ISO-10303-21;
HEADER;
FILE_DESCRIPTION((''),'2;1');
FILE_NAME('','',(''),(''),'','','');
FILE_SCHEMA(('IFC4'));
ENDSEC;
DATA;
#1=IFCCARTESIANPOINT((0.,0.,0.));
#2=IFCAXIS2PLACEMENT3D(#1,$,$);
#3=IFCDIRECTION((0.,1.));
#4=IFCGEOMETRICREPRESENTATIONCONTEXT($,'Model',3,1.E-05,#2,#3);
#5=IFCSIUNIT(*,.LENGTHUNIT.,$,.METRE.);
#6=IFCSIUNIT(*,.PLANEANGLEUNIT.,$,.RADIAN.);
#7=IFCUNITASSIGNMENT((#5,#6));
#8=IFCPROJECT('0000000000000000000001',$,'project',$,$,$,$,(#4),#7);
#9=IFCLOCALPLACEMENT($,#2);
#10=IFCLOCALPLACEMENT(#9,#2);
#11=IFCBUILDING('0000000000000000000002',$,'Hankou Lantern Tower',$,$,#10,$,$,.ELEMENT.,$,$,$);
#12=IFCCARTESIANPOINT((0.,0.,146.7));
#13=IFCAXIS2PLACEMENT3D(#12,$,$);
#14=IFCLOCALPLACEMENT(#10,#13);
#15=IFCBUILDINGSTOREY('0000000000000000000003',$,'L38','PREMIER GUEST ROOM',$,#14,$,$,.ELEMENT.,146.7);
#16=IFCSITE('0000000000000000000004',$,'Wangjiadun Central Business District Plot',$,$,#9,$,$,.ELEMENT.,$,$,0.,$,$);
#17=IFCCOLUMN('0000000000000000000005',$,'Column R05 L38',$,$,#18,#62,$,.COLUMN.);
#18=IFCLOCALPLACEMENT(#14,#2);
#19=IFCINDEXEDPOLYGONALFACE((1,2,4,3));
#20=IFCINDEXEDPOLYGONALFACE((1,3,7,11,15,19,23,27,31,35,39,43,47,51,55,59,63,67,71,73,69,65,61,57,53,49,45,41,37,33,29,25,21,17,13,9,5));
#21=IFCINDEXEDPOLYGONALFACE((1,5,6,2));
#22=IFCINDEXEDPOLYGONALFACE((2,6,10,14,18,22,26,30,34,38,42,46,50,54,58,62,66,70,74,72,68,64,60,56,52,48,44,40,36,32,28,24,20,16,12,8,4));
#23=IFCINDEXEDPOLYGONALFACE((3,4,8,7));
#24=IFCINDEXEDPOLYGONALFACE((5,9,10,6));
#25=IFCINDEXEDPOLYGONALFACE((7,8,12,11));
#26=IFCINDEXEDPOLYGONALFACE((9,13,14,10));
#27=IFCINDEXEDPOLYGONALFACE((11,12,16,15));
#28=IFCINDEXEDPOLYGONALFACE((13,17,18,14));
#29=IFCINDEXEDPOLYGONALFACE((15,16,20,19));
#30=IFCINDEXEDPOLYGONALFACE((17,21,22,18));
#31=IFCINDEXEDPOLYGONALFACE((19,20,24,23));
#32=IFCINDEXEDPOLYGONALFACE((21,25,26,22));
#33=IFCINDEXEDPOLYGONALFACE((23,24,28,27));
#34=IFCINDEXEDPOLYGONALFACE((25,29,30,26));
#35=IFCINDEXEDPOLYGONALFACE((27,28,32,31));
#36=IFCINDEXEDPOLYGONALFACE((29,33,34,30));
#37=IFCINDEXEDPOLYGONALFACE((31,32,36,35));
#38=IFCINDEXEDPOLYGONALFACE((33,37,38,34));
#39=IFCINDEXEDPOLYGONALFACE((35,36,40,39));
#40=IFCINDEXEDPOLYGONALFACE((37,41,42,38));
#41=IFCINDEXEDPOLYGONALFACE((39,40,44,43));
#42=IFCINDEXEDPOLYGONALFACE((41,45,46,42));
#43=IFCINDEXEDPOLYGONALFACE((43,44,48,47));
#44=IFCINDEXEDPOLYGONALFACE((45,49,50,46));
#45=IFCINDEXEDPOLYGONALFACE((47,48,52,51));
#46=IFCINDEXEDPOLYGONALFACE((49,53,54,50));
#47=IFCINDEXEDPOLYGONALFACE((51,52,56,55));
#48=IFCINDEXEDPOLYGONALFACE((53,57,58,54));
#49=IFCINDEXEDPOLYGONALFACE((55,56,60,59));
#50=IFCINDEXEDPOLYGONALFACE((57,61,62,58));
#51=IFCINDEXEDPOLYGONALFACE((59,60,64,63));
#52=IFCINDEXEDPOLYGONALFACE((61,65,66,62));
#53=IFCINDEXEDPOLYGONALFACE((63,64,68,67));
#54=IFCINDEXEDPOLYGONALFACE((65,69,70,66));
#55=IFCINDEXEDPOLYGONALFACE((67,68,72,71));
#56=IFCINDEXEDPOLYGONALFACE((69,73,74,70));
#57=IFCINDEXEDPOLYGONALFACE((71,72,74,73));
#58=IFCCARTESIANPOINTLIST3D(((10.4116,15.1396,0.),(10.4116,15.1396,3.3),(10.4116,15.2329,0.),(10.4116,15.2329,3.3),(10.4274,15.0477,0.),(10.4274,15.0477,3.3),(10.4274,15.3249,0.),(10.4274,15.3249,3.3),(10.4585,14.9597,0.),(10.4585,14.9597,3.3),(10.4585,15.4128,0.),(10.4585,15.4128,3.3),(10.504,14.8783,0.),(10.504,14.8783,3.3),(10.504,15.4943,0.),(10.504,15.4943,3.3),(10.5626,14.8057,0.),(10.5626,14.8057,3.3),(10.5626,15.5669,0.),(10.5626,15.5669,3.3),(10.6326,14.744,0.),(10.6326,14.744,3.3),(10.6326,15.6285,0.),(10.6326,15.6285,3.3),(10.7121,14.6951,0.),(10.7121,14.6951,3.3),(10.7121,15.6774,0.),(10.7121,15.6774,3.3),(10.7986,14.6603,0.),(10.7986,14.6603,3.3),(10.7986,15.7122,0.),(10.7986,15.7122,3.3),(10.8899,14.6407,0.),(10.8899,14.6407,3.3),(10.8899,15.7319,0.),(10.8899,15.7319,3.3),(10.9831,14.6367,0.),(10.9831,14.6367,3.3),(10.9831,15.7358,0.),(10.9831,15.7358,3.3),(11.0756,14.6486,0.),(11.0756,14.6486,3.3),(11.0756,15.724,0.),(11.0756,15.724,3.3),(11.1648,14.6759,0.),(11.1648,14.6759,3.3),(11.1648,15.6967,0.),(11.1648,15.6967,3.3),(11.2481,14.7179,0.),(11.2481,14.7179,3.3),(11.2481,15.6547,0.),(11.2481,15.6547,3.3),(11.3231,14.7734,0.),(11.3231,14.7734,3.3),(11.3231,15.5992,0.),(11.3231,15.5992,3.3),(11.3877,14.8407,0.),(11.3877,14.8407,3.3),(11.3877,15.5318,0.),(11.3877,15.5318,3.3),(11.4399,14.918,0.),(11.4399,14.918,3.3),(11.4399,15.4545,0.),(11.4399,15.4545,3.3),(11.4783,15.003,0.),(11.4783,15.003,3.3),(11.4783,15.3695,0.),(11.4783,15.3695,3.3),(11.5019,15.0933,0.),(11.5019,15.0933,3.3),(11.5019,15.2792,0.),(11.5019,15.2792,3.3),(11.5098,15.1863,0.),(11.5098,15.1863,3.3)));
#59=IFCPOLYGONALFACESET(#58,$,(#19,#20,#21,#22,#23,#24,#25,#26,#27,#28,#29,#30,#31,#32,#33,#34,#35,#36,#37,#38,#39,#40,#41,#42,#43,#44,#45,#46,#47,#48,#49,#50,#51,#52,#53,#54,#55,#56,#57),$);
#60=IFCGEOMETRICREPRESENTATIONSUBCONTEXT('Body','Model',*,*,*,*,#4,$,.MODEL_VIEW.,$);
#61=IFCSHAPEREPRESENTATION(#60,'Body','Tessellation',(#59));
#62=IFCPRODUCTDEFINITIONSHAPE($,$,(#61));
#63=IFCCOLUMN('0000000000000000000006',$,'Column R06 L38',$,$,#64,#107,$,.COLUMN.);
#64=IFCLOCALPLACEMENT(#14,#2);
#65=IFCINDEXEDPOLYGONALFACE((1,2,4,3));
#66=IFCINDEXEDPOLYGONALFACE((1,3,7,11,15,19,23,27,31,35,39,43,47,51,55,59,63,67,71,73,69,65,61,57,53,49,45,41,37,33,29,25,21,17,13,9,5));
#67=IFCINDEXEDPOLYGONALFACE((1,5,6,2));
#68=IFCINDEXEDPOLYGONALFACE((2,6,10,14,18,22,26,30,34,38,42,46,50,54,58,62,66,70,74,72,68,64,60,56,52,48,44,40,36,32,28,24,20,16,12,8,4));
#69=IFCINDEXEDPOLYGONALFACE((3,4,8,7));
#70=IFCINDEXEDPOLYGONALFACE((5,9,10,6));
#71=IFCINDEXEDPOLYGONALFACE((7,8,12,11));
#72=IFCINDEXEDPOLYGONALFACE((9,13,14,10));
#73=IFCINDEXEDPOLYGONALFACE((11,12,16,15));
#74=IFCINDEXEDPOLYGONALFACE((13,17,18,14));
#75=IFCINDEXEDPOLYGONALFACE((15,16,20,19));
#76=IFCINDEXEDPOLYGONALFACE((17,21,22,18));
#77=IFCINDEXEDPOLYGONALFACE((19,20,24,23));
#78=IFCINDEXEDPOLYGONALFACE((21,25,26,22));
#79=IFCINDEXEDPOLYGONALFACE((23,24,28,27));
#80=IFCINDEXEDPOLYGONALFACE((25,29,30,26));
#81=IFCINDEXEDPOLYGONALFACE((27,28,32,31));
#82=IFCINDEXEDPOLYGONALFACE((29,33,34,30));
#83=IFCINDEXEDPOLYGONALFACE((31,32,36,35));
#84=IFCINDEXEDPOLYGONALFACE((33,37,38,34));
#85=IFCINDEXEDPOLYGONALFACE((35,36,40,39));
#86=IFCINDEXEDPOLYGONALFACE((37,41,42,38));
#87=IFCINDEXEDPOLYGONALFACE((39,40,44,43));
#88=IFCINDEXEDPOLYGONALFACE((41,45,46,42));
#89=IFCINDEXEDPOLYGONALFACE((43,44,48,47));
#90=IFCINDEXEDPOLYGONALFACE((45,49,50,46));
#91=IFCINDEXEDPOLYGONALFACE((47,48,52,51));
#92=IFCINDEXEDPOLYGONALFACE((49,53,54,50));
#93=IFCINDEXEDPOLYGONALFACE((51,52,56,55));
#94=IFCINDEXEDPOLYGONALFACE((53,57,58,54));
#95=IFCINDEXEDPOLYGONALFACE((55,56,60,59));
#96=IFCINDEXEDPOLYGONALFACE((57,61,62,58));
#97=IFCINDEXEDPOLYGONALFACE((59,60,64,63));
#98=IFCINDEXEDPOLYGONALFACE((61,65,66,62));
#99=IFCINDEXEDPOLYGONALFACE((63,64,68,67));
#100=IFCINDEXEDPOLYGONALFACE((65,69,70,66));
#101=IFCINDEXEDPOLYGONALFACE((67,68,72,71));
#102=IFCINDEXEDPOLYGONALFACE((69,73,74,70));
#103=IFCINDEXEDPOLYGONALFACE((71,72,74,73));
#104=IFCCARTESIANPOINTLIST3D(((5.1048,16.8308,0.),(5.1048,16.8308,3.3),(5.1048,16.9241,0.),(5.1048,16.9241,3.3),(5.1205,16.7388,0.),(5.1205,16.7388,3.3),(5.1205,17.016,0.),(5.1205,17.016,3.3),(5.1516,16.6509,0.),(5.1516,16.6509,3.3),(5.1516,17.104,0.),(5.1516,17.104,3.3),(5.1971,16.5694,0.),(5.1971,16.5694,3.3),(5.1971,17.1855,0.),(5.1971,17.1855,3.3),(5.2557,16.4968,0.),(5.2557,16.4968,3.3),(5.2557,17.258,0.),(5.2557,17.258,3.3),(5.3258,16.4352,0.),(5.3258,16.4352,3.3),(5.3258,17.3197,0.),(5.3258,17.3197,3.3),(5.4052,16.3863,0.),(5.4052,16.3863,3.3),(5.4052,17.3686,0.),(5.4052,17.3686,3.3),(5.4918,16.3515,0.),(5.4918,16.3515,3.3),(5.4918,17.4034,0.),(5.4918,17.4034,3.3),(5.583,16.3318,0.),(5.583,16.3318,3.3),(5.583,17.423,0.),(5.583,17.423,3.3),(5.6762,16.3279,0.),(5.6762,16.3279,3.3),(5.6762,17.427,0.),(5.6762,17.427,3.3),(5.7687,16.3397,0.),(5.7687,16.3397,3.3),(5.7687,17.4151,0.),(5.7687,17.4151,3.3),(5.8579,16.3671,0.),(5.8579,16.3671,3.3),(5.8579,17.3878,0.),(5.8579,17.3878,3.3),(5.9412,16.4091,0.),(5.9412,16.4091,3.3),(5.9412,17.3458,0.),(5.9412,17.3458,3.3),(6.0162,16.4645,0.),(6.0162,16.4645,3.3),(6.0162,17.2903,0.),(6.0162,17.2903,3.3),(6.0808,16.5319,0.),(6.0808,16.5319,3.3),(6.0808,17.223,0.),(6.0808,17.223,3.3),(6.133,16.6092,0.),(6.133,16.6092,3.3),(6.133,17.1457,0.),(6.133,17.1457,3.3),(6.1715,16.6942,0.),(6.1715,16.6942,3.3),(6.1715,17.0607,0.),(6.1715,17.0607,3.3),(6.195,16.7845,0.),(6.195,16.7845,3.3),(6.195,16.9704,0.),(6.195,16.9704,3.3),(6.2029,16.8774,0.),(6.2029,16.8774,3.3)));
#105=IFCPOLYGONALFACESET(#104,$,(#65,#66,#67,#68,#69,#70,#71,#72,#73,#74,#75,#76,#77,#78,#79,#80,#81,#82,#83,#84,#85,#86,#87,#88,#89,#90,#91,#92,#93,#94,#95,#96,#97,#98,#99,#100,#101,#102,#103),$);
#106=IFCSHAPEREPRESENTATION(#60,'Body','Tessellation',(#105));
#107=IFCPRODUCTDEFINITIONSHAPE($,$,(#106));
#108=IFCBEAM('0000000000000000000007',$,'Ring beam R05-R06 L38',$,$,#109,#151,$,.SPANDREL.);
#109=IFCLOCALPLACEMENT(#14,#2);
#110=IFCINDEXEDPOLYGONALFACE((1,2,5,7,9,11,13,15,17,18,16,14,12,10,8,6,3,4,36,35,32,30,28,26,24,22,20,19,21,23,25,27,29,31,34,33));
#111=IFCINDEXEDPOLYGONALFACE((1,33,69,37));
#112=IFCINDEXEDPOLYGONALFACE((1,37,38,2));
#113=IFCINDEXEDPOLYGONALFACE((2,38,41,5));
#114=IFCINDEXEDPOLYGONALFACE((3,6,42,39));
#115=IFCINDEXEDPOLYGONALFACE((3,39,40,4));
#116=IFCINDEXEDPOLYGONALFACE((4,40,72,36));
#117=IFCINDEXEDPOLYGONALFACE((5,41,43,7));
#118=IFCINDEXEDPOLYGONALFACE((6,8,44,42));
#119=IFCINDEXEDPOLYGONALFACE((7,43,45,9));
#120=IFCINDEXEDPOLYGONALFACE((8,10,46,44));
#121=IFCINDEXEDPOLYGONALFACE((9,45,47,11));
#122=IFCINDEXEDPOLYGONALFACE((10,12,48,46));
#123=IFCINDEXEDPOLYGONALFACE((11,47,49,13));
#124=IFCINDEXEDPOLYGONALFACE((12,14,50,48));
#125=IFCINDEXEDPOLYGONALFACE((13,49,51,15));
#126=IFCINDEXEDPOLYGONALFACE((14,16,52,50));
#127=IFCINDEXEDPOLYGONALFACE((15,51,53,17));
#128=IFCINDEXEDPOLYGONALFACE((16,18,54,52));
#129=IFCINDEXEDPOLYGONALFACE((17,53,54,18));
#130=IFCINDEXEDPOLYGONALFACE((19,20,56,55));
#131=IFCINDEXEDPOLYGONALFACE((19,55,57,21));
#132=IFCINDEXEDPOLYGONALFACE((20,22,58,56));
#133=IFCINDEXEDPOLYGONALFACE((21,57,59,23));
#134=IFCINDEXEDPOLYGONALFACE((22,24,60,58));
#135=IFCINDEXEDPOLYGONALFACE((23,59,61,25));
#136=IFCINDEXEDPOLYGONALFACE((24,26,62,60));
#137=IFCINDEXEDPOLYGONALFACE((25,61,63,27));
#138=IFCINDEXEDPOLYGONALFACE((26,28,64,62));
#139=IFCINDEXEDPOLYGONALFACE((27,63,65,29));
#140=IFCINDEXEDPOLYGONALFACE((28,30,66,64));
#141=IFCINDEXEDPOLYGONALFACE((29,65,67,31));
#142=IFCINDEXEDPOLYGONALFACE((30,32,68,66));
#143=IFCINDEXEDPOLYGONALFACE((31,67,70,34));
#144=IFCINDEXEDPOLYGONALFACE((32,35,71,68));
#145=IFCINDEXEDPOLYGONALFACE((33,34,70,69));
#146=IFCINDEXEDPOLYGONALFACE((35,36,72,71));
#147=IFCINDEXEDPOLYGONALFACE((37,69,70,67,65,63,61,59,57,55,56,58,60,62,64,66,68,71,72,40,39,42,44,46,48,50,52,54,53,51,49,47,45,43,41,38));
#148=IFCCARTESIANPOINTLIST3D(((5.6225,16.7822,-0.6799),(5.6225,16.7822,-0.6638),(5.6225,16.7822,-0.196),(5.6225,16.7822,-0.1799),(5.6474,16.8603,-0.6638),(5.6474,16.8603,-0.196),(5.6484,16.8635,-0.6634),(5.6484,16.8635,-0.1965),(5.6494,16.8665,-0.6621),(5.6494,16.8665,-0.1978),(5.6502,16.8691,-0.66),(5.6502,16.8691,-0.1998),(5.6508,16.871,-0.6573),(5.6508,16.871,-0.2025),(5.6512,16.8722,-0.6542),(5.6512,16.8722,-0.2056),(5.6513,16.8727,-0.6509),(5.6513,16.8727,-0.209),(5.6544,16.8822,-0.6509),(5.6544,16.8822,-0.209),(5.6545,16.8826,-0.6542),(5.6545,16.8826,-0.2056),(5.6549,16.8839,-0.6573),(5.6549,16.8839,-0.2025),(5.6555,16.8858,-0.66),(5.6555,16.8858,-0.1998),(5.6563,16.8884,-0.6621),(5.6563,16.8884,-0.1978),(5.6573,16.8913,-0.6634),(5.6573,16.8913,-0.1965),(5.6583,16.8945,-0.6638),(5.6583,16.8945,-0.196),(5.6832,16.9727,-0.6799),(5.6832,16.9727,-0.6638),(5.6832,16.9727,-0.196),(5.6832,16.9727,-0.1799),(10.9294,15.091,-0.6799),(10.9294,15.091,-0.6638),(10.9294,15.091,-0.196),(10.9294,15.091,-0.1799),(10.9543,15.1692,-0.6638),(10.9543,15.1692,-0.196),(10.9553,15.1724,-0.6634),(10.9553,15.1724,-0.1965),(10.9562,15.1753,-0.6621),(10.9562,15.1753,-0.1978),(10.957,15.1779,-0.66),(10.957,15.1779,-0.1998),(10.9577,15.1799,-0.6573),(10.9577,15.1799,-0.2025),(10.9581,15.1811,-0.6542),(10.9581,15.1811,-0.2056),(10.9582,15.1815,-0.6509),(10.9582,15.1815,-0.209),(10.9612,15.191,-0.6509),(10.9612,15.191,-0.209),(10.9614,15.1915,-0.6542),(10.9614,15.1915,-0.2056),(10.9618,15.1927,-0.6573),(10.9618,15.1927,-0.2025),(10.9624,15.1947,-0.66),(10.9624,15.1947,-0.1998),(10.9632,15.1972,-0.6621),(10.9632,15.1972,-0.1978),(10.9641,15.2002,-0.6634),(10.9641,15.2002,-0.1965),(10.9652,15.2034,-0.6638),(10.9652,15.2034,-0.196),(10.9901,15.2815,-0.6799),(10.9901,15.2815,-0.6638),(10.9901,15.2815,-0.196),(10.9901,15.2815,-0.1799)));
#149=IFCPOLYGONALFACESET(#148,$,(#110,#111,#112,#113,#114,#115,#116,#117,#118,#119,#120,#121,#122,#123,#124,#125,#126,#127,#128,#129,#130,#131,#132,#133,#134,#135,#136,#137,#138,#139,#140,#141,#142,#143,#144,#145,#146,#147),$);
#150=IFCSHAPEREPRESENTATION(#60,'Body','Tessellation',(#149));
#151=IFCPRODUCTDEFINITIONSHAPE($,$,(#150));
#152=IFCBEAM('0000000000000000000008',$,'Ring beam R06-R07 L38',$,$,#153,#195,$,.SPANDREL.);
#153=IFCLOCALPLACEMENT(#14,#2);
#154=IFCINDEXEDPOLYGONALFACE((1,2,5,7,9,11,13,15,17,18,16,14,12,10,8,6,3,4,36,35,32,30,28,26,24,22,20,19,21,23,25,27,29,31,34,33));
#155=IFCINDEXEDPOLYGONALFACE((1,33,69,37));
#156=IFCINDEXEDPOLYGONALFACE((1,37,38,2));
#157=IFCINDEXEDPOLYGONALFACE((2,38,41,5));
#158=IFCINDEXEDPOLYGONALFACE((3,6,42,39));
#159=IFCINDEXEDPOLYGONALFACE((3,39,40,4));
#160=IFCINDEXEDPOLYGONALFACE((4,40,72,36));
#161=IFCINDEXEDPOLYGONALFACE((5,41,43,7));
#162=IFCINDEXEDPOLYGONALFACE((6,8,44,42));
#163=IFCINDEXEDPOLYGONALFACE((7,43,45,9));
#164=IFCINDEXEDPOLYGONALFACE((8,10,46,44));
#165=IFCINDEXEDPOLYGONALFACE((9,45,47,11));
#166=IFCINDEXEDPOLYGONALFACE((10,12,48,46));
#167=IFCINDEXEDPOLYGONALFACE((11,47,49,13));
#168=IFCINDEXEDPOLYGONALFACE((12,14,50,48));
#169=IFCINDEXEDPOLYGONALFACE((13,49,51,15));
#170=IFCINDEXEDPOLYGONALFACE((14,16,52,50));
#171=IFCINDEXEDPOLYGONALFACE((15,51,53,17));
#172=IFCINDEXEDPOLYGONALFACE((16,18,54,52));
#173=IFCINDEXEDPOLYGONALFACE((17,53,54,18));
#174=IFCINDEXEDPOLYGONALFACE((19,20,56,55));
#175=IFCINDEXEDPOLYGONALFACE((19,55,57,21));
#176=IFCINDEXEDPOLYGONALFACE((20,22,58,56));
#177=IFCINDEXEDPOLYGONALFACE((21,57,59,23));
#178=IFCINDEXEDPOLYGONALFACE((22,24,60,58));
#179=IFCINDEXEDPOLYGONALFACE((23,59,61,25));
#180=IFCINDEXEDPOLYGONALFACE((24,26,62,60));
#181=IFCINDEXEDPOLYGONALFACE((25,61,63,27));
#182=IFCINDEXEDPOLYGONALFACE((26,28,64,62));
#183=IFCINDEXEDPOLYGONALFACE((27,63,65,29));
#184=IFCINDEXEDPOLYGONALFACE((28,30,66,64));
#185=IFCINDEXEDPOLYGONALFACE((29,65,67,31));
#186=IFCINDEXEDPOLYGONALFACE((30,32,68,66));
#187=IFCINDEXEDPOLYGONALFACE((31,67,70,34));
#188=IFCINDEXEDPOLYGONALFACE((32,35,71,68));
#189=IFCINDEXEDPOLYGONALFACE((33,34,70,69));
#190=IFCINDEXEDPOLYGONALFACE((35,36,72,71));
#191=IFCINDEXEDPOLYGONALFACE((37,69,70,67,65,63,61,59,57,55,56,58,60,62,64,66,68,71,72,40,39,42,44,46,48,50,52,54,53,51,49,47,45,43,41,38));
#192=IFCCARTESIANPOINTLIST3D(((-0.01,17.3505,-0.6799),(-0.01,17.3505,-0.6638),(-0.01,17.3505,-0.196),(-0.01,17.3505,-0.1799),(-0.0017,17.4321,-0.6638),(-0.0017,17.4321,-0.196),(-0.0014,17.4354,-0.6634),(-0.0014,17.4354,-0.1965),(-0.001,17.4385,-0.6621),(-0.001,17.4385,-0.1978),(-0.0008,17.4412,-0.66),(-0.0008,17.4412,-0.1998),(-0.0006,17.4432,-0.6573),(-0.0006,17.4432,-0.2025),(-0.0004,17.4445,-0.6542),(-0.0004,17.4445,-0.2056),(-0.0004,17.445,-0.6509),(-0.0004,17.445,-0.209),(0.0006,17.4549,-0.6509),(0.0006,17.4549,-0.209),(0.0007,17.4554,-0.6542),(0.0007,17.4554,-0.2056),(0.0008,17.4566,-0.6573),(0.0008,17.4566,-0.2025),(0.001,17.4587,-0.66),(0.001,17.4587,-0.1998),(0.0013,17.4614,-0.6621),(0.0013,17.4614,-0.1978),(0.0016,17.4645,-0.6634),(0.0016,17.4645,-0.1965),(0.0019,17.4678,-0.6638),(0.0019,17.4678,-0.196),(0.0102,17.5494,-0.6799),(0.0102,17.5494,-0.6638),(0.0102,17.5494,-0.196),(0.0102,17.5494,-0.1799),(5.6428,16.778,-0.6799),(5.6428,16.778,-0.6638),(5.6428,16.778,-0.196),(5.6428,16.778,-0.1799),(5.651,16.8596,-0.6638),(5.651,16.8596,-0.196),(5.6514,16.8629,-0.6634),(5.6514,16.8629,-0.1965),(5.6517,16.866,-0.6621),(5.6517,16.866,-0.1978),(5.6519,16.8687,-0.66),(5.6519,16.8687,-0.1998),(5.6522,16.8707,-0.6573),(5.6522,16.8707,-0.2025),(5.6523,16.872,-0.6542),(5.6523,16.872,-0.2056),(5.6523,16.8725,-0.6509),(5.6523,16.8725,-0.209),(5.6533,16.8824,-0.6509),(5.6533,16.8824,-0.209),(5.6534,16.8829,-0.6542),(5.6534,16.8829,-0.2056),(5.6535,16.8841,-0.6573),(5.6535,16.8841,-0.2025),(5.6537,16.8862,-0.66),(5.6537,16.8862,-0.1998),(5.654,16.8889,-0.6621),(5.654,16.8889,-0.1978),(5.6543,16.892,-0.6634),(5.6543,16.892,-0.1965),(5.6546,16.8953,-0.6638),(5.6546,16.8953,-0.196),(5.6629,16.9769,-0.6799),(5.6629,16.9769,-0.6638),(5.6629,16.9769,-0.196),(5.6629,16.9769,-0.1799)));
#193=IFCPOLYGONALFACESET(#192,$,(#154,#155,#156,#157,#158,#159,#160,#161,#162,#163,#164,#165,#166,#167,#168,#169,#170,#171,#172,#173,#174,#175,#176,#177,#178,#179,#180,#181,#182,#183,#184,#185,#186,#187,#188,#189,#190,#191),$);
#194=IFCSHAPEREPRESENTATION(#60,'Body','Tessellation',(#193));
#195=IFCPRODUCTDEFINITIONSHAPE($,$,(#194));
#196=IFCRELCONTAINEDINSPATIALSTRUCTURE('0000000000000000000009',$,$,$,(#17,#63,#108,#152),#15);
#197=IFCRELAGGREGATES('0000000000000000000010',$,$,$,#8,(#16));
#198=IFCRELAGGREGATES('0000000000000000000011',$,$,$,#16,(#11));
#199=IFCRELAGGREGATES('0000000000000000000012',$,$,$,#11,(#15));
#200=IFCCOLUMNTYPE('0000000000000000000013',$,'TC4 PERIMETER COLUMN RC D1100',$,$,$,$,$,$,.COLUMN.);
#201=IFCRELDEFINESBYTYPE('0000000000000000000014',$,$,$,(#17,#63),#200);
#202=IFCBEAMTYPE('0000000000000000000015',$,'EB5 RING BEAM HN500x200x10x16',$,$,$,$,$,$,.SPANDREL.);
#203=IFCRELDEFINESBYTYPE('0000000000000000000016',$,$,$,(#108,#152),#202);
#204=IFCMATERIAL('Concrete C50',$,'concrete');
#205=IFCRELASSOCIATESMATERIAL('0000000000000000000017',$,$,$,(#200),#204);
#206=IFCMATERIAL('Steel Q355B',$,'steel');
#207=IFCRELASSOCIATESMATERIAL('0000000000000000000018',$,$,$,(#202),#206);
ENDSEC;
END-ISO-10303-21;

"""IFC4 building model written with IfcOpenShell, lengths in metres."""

from ifc_helpers import new_model, si_unit, direction, frame, origin, origin_2d, place, context, subcontext, project, spatial, circle, i_section, extrude, material, material_profile, profile_set, type_object, element, save


model = new_model("IFC4")

# Units and contexts
model_context = context("Model", 3, precision=1e-05, world=origin(), true_north=direction((0.0, 1.0)))
body_context = subcontext(model_context, "Body", "Model", "MODEL_VIEW")
ifc_project = project(units=[si_unit("LENGTHUNIT", "METRE"), si_unit("PLANEANGLEUNIT", "RADIAN")], contexts=[model_context])

# Site, building, storey
site_placement = place(None, origin())
site = spatial("IfcSite", under=ifc_project, at=site_placement, Name="Wangjiadun Central Business District Plot", CompositionType="ELEMENT", RefElevation=0.0)
building_placement = place(site_placement, origin())
building = spatial("IfcBuilding", under=site, at=building_placement, Name="Hankou Lantern Tower", CompositionType="ELEMENT")
storey_placement = place(building_placement, frame((0.0, 0.0, 146.7)))
storey = spatial("IfcBuildingStorey", under=building, at=storey_placement, Name="L38", Description="PREMIER GUEST ROOM", CompositionType="ELEMENT", Elevation=146.7)

# Columns
ifc_material_1 = material(Name="Concrete C50", Category="concrete")
ifc_material_profile_1 = material_profile(ifc_material_1, circle(Radius=0.55, at=origin_2d()), Name="RC D1100")
ifc_profile_set_1 = profile_set([ifc_material_profile_1], Name="Concrete C50")
column_type = type_object("IfcColumnType", Name="TC4 PERIMETER COLUMN RC D1100", PredefinedType="COLUMN", material=ifc_profile_set_1)
for number, where, z_axis, x_axis, name in (
    (1, (10.9597, 15.1863, 0.0), (0.0, 0.0, 1.0), (1.0, 0.0, 0.0), "Column R05 L38"),
    (2, (5.6528, 16.8774, 0.0), (0.0, 0.0, 1.0), (1.0, 0.0, 0.0), "Column R06 L38"),
):
    element("IfcColumn", number, at=place(storey_placement, frame(where, z_axis=z_axis, x_axis=x_axis)), inside=storey, type_object=column_type, Name=name, PredefinedType="COLUMN", context=body_context, shape_type="SweptSolid", body=[
        extrude(circle(Radius=0.55, at=origin_2d()), origin(), (0.0, 0.0, 1.0), 3.3),
    ])

# Beams
ifc_material_2 = material(Name="Steel Q355B", Category="steel")
ifc_material_profile_2 = material_profile(ifc_material_2, i_section(OverallWidth=0.2, OverallDepth=0.5, WebThickness=0.01, FlangeThickness=0.0161, FilletRadius=0.0129, at=origin_2d()), Name="HN500x200x10x16")
ifc_profile_set_2 = profile_set([ifc_material_profile_2], Name="Steel Q355B")
beam_type_1 = type_object("IfcBeamType", Name="EB5 RING BEAM HN500x200x10x16", PredefinedType="SPANDREL", material=ifc_profile_set_2)
beam_1_placement = place(storey_placement, frame((10.9597, 15.1863, -0.4299), z_axis=(-0.95279, 0.303629, 0.0), x_axis=(-0.303629, -0.95279, 0.0)))
element("IfcBeam", 3, at=beam_1_placement, inside=storey, type_object=beam_type_1, Name="Ring beam R05-R06 L38", PredefinedType="SPANDREL", context=body_context, shape_type="SweptSolid", body=[
    extrude(i_section(OverallWidth=0.2, OverallDepth=0.5, WebThickness=0.01, FlangeThickness=0.0161, FilletRadius=0.0129, at=origin_2d()), origin(), (0.0, 0.0, 1.0), 5.5698),
])
for number, where, z_axis, x_axis, name in (
    (4, (5.6528, 16.8774, -0.4299), (-0.99491, 0.100763, 0.0), (-0.100763, -0.99491, 0.0), "Ring beam R06-R07 L38"),
):
    element("IfcBeam", number, at=place(storey_placement, frame(where, z_axis=z_axis, x_axis=x_axis)), inside=storey, type_object=beam_type_1, Name=name, PredefinedType="SPANDREL", context=body_context, shape_type="SweptSolid", body=[
        extrude(i_section(OverallWidth=0.2, OverallDepth=0.5, WebThickness=0.01, FlangeThickness=0.0161, FilletRadius=0.0129, at=origin_2d()), origin(), (0.0, 0.0, 1.0), 5.6816),
    ])

save(model, "model.ifc")
